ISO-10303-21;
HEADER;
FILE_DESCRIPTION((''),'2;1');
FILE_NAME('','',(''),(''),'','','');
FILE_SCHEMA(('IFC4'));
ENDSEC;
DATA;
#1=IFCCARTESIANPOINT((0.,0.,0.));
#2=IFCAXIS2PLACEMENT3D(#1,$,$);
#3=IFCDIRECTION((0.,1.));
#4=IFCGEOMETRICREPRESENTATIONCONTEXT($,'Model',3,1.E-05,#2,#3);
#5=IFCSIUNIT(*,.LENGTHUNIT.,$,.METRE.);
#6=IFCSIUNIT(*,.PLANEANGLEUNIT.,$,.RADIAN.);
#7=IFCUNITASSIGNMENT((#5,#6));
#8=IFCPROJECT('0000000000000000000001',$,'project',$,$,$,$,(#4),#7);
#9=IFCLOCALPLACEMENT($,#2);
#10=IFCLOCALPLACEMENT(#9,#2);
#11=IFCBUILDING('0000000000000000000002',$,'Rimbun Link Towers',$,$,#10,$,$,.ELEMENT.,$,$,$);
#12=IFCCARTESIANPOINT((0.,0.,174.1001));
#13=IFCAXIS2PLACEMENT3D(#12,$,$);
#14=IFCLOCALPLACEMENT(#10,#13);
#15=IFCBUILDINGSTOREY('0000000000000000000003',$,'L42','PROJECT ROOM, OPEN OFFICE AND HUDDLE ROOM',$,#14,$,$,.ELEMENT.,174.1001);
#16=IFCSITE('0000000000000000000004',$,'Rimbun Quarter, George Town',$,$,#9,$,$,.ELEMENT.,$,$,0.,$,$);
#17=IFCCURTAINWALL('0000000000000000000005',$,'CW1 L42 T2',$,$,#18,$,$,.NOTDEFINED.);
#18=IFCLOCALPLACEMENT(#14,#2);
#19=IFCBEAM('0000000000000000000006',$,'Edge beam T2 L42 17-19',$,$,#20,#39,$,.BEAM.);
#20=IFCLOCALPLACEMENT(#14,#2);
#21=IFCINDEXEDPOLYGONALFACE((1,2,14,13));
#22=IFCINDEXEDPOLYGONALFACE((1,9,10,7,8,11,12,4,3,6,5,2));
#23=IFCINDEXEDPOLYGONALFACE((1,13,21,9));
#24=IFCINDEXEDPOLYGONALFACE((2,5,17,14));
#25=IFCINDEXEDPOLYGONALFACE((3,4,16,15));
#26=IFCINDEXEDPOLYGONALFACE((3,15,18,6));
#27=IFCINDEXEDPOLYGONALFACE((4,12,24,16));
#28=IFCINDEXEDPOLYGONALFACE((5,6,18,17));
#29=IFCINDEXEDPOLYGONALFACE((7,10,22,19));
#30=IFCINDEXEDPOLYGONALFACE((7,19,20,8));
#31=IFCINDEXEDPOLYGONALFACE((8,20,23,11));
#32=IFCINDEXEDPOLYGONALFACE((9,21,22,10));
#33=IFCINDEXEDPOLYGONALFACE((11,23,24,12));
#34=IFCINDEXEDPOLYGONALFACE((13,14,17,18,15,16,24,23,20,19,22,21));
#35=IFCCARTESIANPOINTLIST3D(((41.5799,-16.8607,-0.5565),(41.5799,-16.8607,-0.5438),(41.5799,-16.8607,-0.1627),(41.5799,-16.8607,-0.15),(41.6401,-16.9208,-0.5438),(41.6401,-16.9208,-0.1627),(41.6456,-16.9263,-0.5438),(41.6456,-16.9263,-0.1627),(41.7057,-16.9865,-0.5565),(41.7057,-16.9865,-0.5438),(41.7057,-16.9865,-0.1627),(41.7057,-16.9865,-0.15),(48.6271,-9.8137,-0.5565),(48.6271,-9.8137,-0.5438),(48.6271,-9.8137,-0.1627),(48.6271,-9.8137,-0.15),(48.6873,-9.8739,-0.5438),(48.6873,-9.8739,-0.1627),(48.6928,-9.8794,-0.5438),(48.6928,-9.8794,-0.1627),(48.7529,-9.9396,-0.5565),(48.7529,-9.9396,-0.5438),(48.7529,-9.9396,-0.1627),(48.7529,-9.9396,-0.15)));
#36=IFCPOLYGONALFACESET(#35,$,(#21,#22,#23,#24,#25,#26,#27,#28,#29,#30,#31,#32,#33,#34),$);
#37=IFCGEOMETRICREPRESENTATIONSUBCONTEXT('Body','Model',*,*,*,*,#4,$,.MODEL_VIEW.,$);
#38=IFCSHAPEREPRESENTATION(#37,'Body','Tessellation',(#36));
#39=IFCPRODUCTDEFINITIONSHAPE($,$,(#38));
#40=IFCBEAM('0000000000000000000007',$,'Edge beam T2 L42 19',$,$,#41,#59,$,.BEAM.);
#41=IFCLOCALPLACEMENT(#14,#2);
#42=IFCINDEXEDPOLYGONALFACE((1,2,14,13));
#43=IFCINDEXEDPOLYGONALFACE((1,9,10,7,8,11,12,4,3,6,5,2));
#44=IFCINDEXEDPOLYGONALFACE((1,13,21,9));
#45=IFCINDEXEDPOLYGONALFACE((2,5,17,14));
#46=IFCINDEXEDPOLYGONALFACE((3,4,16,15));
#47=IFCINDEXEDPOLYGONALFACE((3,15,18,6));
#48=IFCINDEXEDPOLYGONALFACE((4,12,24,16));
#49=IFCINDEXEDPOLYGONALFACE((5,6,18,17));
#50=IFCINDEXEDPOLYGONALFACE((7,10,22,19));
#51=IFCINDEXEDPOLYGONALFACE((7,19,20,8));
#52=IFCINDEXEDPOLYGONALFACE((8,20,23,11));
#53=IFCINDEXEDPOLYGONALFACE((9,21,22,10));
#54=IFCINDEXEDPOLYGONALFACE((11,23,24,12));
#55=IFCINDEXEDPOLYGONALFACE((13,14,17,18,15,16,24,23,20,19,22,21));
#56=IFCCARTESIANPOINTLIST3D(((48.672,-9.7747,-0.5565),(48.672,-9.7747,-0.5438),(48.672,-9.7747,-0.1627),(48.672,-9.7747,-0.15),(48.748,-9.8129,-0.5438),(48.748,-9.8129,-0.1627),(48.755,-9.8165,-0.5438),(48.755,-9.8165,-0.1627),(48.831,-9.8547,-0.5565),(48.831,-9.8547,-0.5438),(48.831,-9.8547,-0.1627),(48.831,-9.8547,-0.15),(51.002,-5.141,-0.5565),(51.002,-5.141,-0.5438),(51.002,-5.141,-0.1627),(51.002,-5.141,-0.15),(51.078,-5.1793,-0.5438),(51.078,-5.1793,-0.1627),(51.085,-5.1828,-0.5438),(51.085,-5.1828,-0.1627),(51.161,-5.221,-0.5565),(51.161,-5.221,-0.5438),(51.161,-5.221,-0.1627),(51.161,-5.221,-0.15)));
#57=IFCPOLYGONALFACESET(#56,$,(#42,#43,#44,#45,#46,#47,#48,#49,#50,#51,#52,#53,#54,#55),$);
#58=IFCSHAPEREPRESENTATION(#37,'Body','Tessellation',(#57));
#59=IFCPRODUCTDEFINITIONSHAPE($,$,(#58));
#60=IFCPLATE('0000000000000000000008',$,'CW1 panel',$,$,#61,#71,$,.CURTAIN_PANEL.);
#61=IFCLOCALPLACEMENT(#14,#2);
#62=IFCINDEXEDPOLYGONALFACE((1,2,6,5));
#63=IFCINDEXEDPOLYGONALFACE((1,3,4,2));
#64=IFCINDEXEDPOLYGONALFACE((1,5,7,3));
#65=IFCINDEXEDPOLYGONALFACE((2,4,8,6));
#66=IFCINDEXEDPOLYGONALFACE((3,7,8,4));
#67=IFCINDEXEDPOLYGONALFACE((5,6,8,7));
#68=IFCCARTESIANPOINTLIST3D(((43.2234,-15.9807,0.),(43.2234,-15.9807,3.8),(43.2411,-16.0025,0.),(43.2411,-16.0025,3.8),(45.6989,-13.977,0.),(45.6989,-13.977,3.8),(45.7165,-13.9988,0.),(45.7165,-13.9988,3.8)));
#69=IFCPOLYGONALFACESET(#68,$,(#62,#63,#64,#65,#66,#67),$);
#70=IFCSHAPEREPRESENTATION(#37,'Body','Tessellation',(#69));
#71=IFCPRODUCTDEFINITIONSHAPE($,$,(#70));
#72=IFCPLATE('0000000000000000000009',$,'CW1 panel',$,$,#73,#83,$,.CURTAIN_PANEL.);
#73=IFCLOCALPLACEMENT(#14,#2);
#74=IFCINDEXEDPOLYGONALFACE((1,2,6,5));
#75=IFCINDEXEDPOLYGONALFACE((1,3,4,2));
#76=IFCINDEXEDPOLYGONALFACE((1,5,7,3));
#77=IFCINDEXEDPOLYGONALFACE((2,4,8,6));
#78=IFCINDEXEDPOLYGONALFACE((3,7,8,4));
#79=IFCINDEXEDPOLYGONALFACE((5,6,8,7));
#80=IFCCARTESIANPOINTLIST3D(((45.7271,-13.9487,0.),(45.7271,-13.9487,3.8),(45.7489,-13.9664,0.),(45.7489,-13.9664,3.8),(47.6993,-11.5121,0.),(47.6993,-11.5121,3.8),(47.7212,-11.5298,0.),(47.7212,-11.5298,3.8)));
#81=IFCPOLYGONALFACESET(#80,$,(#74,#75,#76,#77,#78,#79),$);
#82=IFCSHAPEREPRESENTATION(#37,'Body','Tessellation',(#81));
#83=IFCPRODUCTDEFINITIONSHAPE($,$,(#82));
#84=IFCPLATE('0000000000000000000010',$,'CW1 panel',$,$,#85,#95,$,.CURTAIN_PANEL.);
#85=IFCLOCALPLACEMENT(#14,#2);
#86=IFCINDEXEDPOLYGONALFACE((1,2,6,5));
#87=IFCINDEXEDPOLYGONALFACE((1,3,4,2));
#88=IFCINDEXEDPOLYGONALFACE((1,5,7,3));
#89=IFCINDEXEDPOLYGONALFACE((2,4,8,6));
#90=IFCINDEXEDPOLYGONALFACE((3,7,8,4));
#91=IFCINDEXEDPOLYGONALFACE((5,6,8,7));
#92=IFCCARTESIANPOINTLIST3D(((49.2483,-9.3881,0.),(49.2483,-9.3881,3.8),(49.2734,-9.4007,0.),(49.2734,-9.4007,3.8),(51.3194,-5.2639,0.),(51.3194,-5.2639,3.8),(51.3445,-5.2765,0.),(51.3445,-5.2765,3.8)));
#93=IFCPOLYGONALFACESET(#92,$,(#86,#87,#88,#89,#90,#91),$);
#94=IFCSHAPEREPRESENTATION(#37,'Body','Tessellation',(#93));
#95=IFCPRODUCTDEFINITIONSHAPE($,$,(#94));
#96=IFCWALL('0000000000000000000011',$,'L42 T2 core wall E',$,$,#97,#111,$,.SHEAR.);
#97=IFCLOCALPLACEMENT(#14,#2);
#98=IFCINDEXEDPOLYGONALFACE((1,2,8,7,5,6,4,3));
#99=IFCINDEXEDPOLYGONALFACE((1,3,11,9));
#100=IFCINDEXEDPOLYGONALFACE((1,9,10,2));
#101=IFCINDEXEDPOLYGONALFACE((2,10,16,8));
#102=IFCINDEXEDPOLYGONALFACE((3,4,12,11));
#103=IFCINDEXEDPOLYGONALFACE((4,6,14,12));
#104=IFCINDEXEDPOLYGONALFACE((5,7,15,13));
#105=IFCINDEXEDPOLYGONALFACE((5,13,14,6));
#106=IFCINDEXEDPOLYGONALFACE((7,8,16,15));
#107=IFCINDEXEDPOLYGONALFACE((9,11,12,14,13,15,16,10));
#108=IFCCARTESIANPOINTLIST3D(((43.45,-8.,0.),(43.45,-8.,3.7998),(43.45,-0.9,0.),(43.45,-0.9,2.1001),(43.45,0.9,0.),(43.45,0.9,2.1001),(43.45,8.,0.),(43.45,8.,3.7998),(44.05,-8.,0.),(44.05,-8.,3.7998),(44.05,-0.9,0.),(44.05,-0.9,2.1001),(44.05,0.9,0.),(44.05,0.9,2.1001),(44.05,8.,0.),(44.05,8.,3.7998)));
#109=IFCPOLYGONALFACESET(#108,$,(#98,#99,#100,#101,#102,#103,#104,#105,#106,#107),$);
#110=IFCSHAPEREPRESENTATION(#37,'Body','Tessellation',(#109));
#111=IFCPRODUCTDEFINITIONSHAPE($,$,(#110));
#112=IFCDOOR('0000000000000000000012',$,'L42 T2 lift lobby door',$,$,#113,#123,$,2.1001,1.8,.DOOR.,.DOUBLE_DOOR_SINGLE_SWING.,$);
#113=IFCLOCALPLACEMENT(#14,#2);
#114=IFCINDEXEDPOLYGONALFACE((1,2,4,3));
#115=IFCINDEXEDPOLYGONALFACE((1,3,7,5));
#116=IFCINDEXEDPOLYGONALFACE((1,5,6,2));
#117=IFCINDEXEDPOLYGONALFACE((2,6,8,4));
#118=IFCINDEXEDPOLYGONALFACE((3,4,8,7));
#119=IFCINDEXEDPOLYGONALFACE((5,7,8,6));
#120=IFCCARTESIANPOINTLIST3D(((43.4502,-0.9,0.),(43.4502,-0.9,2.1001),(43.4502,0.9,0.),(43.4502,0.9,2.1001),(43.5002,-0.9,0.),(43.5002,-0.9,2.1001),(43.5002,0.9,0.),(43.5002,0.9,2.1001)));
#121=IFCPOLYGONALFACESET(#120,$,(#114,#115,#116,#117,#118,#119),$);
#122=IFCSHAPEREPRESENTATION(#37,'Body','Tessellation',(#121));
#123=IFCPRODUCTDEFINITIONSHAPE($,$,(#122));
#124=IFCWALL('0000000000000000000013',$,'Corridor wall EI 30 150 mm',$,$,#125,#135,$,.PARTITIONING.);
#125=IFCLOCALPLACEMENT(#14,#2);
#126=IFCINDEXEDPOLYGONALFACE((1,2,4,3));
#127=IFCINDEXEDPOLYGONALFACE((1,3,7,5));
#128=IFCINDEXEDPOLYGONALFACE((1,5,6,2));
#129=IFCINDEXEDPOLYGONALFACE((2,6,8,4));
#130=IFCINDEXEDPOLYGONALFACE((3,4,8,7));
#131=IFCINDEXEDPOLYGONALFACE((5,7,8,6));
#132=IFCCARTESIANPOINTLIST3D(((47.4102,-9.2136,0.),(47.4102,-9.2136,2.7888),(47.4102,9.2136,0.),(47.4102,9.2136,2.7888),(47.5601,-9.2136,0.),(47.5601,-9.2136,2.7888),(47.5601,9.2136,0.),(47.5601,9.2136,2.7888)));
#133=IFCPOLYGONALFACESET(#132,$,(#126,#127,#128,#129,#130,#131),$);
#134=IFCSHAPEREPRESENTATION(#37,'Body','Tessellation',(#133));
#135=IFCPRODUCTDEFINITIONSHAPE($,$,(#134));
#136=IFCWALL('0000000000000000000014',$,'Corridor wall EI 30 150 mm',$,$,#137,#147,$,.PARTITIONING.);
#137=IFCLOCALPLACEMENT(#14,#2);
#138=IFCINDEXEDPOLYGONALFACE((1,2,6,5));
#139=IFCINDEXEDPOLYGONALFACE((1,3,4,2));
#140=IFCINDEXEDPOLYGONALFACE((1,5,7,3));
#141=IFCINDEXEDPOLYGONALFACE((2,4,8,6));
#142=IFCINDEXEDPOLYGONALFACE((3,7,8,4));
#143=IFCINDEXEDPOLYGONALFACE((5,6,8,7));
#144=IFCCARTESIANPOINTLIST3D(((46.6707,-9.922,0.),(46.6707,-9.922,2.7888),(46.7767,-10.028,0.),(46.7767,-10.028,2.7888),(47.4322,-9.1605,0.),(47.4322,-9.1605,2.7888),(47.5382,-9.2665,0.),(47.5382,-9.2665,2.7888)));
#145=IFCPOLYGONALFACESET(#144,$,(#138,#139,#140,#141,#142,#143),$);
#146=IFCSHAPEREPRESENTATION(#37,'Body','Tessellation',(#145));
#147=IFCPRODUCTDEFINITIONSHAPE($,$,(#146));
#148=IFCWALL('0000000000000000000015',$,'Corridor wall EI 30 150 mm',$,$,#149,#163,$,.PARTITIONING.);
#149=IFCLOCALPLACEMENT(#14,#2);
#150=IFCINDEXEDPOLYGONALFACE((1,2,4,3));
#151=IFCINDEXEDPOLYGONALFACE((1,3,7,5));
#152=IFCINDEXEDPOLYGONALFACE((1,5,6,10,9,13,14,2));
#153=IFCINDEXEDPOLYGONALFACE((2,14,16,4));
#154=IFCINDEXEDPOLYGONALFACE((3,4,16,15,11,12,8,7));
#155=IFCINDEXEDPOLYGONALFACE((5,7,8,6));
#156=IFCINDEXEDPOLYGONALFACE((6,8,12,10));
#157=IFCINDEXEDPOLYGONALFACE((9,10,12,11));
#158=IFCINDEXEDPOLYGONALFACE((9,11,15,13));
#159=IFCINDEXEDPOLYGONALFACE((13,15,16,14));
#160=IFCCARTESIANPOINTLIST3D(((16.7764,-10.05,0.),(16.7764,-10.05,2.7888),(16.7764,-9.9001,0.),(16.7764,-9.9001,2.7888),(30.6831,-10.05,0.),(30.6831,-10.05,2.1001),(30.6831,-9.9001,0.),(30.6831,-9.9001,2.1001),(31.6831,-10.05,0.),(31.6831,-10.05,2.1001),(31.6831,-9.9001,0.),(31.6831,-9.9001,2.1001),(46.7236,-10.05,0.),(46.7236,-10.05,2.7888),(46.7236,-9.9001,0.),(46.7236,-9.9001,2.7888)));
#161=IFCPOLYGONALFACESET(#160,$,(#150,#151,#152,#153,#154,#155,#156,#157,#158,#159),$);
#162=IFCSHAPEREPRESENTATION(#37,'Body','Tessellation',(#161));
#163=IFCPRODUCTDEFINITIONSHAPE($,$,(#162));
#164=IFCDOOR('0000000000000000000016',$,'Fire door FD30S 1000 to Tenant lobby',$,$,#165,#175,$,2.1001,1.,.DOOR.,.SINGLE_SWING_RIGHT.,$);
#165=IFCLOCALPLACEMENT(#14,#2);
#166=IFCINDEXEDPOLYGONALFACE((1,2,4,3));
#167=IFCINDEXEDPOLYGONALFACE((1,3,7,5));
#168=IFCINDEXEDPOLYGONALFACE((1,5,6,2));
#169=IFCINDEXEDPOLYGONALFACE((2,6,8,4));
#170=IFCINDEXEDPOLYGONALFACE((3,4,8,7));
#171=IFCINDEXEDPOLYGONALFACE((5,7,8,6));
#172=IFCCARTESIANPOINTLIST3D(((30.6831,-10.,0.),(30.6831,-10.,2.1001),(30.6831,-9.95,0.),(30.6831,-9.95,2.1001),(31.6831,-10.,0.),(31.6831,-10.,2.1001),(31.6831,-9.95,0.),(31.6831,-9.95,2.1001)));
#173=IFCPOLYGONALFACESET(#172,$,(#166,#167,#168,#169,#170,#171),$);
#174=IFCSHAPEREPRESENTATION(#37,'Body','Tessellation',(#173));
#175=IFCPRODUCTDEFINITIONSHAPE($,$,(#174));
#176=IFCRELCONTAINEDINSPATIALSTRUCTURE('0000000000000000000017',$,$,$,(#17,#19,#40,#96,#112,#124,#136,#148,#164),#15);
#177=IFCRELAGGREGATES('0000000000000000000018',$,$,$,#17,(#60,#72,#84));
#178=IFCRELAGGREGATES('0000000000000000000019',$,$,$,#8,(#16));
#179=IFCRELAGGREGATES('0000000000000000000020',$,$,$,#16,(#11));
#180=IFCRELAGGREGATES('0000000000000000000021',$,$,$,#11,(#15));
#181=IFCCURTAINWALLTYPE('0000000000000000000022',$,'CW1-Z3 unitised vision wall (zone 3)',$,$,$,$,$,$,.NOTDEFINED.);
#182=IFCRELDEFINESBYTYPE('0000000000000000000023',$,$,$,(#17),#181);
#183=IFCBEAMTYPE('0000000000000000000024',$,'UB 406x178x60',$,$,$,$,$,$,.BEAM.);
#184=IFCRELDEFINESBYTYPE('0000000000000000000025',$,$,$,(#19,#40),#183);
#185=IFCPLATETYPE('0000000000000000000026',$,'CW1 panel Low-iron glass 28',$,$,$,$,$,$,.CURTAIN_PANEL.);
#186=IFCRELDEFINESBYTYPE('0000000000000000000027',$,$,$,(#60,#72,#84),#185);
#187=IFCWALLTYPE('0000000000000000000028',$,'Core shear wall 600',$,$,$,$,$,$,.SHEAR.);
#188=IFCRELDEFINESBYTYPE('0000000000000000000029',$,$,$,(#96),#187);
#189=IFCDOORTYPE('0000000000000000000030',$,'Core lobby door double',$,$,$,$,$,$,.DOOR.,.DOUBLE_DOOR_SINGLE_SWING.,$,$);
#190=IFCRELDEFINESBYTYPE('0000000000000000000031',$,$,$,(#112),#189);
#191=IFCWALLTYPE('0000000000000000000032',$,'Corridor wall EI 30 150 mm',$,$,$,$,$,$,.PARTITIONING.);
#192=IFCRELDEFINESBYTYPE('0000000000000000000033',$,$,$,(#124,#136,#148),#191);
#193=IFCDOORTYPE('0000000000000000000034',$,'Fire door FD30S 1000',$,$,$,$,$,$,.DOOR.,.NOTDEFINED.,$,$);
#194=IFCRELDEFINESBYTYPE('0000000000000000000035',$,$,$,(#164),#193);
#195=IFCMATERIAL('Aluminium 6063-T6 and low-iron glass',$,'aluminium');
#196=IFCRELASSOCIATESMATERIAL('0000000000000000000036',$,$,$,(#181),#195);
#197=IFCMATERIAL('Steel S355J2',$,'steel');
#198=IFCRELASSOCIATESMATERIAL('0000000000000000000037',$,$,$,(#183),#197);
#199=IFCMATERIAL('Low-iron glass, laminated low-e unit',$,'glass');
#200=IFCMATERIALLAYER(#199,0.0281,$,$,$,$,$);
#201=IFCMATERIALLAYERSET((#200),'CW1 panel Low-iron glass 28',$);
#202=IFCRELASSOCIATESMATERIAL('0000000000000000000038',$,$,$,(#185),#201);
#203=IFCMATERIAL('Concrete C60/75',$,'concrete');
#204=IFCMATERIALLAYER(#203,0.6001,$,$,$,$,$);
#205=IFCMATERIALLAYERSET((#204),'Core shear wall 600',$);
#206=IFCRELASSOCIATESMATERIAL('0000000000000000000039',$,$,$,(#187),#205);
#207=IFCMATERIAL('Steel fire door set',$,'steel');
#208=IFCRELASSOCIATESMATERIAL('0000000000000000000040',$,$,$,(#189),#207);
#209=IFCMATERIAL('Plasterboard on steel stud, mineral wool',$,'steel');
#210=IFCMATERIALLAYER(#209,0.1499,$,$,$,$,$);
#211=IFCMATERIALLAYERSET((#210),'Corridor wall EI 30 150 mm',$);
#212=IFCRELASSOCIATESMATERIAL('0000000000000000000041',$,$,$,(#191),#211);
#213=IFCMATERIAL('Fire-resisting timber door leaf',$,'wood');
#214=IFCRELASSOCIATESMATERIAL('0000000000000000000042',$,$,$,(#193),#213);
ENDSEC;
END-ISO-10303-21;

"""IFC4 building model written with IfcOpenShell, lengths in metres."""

from ifc_helpers import new_model, si_unit, direction, frame, frame_2d, origin, origin_2d, place, context, subcontext, project, spatial, rectangle, i_section, extrude, material, layer, layer_set, material_profile, profile_set, type_object, element, fill, aggregate, save


model = new_model("IFC4")

# Units and contexts
model_context = context("Model", 3, precision=1e-05, world=origin(), true_north=direction((0.0, 1.0)))
body_context = subcontext(model_context, "Body", "Model", "MODEL_VIEW")
ifc_project = project(units=[si_unit("LENGTHUNIT", "METRE"), si_unit("PLANEANGLEUNIT", "RADIAN")], contexts=[model_context])

# Site, building, storey
site_placement = place(None, origin())
site = spatial("IfcSite", under=ifc_project, at=site_placement, Name="Rimbun Quarter, George Town", CompositionType="ELEMENT", RefElevation=0.0)
building_placement = place(site_placement, origin())
building = spatial("IfcBuilding", under=site, at=building_placement, Name="Rimbun Link Towers", CompositionType="ELEMENT")
storey_placement = place(building_placement, frame((0.0, 0.0, 174.1001)))
storey = spatial("IfcBuildingStorey", under=building, at=storey_placement, Name="L42", Description="PROJECT ROOM, OPEN OFFICE AND HUDDLE ROOM", CompositionType="ELEMENT", Elevation=174.1001)

# Curtain wall
ifc_material_1 = material(Name="Aluminium 6063-T6 and low-iron glass", Category="aluminium")
curtain_wall_type = type_object("IfcCurtainWallType", Name="CW1-Z3 unitised vision wall (zone 3)", PredefinedType="NOTDEFINED", material=ifc_material_1)
curtain_wall_placement = place(storey_placement, origin())
curtain_wall = element("IfcCurtainWall", 1, at=curtain_wall_placement, inside=storey, type_object=curtain_wall_type, Name="CW1 L42 T2", PredefinedType="NOTDEFINED")

# Beams
ifc_material_2 = material(Name="Steel S355J2", Category="steel")
ifc_material_profile_1 = material_profile(ifc_material_2, i_section(OverallWidth=0.178, OverallDepth=0.4065, WebThickness=0.0078, FlangeThickness=0.0127, at=origin_2d()), Name="UB 406x178x60")
ifc_profile_set_1 = profile_set([ifc_material_profile_1], Name="Steel S355J2")
beam_type_1 = type_object("IfcBeamType", Name="UB 406x178x60", PredefinedType="BEAM", material=ifc_profile_set_1)
beam_1_placement = place(storey_placement, frame((41.6428, -16.9236, -0.3533), z_axis=(0.707119, 0.707095, 0.0), x_axis=(-0.707095, 0.707119, 0.0)))
element("IfcBeam", 2, at=beam_1_placement, inside=storey, type_object=beam_type_1, Name="Edge beam T2 L42 17-19", PredefinedType="BEAM", context=body_context, shape_type="SweptSolid", body=[
    extrude(i_section(OverallWidth=0.178, OverallDepth=0.4065, WebThickness=0.0078, FlangeThickness=0.0127, at=origin_2d()), origin(), (0.0, 0.0, 1.0), 9.9661),
])
beam_2_placement = place(storey_placement, frame((48.7515, -9.8147, -0.3533), z_axis=(0.449246, 0.893408, 0.0), x_axis=(-0.893408, 0.449246, 0.0)))
element("IfcBeam", 3, at=beam_2_placement, inside=storey, type_object=beam_type_1, Name="Edge beam T2 L42 19", PredefinedType="BEAM", context=body_context, shape_type="SweptSolid", body=[
    extrude(i_section(OverallWidth=0.178, OverallDepth=0.4065, WebThickness=0.0078, FlangeThickness=0.0127, at=origin_2d()), origin(), (0.0, 0.0, 1.0), 5.1865),
])

# Plates
ifc_material_3 = material(Name="Low-iron glass, laminated low-e unit", Category="glass")
ifc_layer_1 = layer(ifc_material_3, 0.0281)
ifc_layer_set_1 = layer_set([ifc_layer_1], Name="CW1 panel Low-iron glass 28")
plate_type = type_object("IfcPlateType", Name="CW1 panel Low-iron glass 28", PredefinedType="CURTAIN_PANEL", material=ifc_layer_set_1)
plate_1_placement = place(storey_placement, frame((44.47, -14.9897, 0.0), z_axis=(0.0, 0.0, 1.0), x_axis=(-0.777278, -0.629158, 0.0)))
plate_1 = element("IfcPlate", 4, at=plate_1_placement, type_object=plate_type, Name="CW1 panel", PredefinedType="CURTAIN_PANEL", context=body_context, shape_type="SweptSolid", body=[
    extrude(rectangle(XDim=3.1848, YDim=0.0281, at=origin_2d()), origin(), (0.0, 0.0, 1.0), 3.8),
])
plate_2_placement = place(storey_placement, frame((46.7241, -12.7393, 0.0), z_axis=(0.0, 0.0, 1.0), x_axis=(-0.629158, -0.777278, 0.0)))
plate_2 = element("IfcPlate", 5, at=plate_2_placement, type_object=plate_type, Name="CW1 panel", PredefinedType="CURTAIN_PANEL", context=body_context, shape_type="SweptSolid", body=[
    extrude(rectangle(XDim=3.1348, YDim=0.0281, at=origin_2d()), origin(), (0.0, 0.0, 1.0), 3.8),
])
plate_3_placement = place(storey_placement, frame((50.2964, -7.3323, 0.0), z_axis=(0.0, 0.0, 1.0), x_axis=(-0.448773, -0.893646, 0.0)))
plate_3 = element("IfcPlate", 6, at=plate_3_placement, type_object=plate_type, Name="CW1 panel", PredefinedType="CURTAIN_PANEL", context=body_context, shape_type="SweptSolid", body=[
    extrude(rectangle(XDim=4.615, YDim=0.0281, at=origin_2d()), origin(), (0.0, 0.0, 1.0), 3.8),
])
aggregate(curtain_wall, [plate_1, plate_2, plate_3])

# Wall, opening, door
ifc_material_4 = material(Name="Concrete C60/75", Category="concrete")
ifc_layer_2 = layer(ifc_material_4, 0.6001)
ifc_layer_set_2 = layer_set([ifc_layer_2], Name="Core shear wall 600")
wall_type_1 = type_object("IfcWallType", Name="Core shear wall 600", PredefinedType="SHEAR", material=ifc_layer_set_2)
wall_1_placement = place(storey_placement, frame((43.75, -8.0, 0.0), z_axis=(0.0, 0.0, 1.0), x_axis=(0.0, 1.0, 0.0)))
wall_1 = element("IfcWall", 7, at=wall_1_placement, inside=storey, type_object=wall_type_1, Name="L42 T2 core wall E", PredefinedType="SHEAR", context=body_context, shape_type="SweptSolid", body=[
    extrude(rectangle(XDim=16.0, YDim=0.6001, at=frame_2d((8.0, 0.0))), origin(), (0.0, 0.0, 1.0), 3.7998),
])
opening_1_placement = place(wall_1_placement, frame((7.1001, 0.0, 0.0)))
opening_1 = element("IfcOpeningElement", 8, at=opening_1_placement, cuts=wall_1, PredefinedType="OPENING", context=body_context, shape_type="SweptSolid", body=[
    extrude(rectangle(XDim=1.8, YDim=2.1001, at=frame_2d((0.8999, 1.05))), frame((0.0, 0.3101, 0.0), z_axis=(0.0, -1.0, 0.0), x_axis=(1.0, 0.0, 0.0)), (0.0, 0.0, 1.0), 0.6201),
])
ifc_material_5 = material(Name="Steel fire door set", Category="steel")
door_type_1 = type_object("IfcDoorType", Name="Core lobby door double", OperationType="DOUBLE_DOOR_SINGLE_SWING", PredefinedType="DOOR", material=ifc_material_5)
door_1_placement = place(opening_1_placement, origin())
door_1 = element("IfcDoor", 9, at=door_1_placement, inside=storey, type_object=door_type_1, Name="L42 T2 lift lobby door", OperationType="DOUBLE_DOOR_SINGLE_SWING", OverallHeight=2.1001, OverallWidth=1.8, PredefinedType="DOOR", context=body_context, shape_type="SweptSolid", body=[
    extrude(rectangle(XDim=1.8, YDim=2.1001, at=frame_2d((0.8999, 1.05))), frame((0.0, 0.2998, 0.0), z_axis=(0.0, -1.0, 0.0), x_axis=(1.0, 0.0, 0.0)), (0.0, 0.0, 1.0), 0.05),
])
fill(opening_1, door_1)

# Walls
ifc_material_6 = material(Name="Plasterboard on steel stud, mineral wool", Category="steel")
ifc_layer_3 = layer(ifc_material_6, 0.1499)
ifc_layer_set_3 = layer_set([ifc_layer_3], Name="Corridor wall EI 30 150 mm")
wall_type_2 = type_object("IfcWallType", Name="Corridor wall EI 30 150 mm", PredefinedType="PARTITIONING", material=ifc_layer_set_3)
wall_2_placement = place(storey_placement, frame((47.4851, -9.2136, 0.0), z_axis=(0.0, 0.0, 1.0), x_axis=(0.0, 1.0, 0.0)))
element("IfcWall", 10, at=wall_2_placement, inside=storey, type_object=wall_type_2, Name="Corridor wall EI 30 150 mm", PredefinedType="PARTITIONING", context=body_context, shape_type="SweptSolid", body=[
    extrude(rectangle(XDim=18.4272, YDim=0.1499, at=frame_2d((9.2136, 0.0))), origin(), (0.0, 0.0, 1.0), 2.7888),
])
wall_3_placement = place(storey_placement, frame((46.7236, -9.9751, 0.0), z_axis=(0.0, 0.0, 1.0), x_axis=(0.707107, 0.707107, 0.0)))
element("IfcWall", 11, at=wall_3_placement, inside=storey, type_object=wall_type_2, Name="Corridor wall EI 30 150 mm", PredefinedType="PARTITIONING", context=body_context, shape_type="SweptSolid", body=[
    extrude(rectangle(XDim=1.0769, YDim=0.1499, at=frame_2d((0.5386, 0.0))), origin(), (0.0, 0.0, 1.0), 2.7888),
])

# Wall, opening, door
wall_4_placement = place(storey_placement, frame((46.7236, -9.9751, 0.0), z_axis=(0.0, 0.0, 1.0), x_axis=(-1.0, 0.0, 0.0)))
wall_4 = element("IfcWall", 12, at=wall_4_placement, inside=storey, type_object=wall_type_2, Name="Corridor wall EI 30 150 mm", PredefinedType="PARTITIONING", context=body_context, shape_type="SweptSolid", body=[
    extrude(rectangle(XDim=29.9473, YDim=0.1499, at=frame_2d((14.9736, 0.0))), origin(), (0.0, 0.0, 1.0), 2.7888),
])
opening_2_placement = place(wall_4_placement, frame((15.0405, 0.0, 0.0)))
opening_2 = element("IfcOpeningElement", 13, at=opening_2_placement, cuts=wall_4, PredefinedType="OPENING", context=body_context, shape_type="SweptSolid", body=[
    extrude(rectangle(XDim=1.0, YDim=2.1001, at=frame_2d((0.5, 1.05))), frame((0.0, 0.085, 0.0), z_axis=(0.0, -1.0, 0.0), x_axis=(1.0, 0.0, 0.0)), (0.0, 0.0, 1.0), 0.1699),
])
ifc_material_7 = material(Name="Fire-resisting timber door leaf", Category="wood")
door_type_2 = type_object("IfcDoorType", Name="Fire door FD30S 1000", OperationType="NOTDEFINED", PredefinedType="DOOR", material=ifc_material_7)
door_2_placement = place(opening_2_placement, origin())
door_2 = element("IfcDoor", 14, at=door_2_placement, inside=storey, type_object=door_type_2, Name="Fire door FD30S 1000 to Tenant lobby", OperationType="SINGLE_SWING_RIGHT", OverallHeight=2.1001, OverallWidth=1.0, PredefinedType="DOOR", context=body_context, shape_type="SweptSolid", body=[
    extrude(rectangle(XDim=1.0, YDim=2.1001, at=frame_2d((0.5, 1.05))), frame((0.0, 0.0249, 0.0), z_axis=(0.0, -1.0, 0.0), x_axis=(1.0, 0.0, 0.0)), (0.0, 0.0, 1.0), 0.05),
])
fill(opening_2, door_2)

save(model, "model.ifc")
